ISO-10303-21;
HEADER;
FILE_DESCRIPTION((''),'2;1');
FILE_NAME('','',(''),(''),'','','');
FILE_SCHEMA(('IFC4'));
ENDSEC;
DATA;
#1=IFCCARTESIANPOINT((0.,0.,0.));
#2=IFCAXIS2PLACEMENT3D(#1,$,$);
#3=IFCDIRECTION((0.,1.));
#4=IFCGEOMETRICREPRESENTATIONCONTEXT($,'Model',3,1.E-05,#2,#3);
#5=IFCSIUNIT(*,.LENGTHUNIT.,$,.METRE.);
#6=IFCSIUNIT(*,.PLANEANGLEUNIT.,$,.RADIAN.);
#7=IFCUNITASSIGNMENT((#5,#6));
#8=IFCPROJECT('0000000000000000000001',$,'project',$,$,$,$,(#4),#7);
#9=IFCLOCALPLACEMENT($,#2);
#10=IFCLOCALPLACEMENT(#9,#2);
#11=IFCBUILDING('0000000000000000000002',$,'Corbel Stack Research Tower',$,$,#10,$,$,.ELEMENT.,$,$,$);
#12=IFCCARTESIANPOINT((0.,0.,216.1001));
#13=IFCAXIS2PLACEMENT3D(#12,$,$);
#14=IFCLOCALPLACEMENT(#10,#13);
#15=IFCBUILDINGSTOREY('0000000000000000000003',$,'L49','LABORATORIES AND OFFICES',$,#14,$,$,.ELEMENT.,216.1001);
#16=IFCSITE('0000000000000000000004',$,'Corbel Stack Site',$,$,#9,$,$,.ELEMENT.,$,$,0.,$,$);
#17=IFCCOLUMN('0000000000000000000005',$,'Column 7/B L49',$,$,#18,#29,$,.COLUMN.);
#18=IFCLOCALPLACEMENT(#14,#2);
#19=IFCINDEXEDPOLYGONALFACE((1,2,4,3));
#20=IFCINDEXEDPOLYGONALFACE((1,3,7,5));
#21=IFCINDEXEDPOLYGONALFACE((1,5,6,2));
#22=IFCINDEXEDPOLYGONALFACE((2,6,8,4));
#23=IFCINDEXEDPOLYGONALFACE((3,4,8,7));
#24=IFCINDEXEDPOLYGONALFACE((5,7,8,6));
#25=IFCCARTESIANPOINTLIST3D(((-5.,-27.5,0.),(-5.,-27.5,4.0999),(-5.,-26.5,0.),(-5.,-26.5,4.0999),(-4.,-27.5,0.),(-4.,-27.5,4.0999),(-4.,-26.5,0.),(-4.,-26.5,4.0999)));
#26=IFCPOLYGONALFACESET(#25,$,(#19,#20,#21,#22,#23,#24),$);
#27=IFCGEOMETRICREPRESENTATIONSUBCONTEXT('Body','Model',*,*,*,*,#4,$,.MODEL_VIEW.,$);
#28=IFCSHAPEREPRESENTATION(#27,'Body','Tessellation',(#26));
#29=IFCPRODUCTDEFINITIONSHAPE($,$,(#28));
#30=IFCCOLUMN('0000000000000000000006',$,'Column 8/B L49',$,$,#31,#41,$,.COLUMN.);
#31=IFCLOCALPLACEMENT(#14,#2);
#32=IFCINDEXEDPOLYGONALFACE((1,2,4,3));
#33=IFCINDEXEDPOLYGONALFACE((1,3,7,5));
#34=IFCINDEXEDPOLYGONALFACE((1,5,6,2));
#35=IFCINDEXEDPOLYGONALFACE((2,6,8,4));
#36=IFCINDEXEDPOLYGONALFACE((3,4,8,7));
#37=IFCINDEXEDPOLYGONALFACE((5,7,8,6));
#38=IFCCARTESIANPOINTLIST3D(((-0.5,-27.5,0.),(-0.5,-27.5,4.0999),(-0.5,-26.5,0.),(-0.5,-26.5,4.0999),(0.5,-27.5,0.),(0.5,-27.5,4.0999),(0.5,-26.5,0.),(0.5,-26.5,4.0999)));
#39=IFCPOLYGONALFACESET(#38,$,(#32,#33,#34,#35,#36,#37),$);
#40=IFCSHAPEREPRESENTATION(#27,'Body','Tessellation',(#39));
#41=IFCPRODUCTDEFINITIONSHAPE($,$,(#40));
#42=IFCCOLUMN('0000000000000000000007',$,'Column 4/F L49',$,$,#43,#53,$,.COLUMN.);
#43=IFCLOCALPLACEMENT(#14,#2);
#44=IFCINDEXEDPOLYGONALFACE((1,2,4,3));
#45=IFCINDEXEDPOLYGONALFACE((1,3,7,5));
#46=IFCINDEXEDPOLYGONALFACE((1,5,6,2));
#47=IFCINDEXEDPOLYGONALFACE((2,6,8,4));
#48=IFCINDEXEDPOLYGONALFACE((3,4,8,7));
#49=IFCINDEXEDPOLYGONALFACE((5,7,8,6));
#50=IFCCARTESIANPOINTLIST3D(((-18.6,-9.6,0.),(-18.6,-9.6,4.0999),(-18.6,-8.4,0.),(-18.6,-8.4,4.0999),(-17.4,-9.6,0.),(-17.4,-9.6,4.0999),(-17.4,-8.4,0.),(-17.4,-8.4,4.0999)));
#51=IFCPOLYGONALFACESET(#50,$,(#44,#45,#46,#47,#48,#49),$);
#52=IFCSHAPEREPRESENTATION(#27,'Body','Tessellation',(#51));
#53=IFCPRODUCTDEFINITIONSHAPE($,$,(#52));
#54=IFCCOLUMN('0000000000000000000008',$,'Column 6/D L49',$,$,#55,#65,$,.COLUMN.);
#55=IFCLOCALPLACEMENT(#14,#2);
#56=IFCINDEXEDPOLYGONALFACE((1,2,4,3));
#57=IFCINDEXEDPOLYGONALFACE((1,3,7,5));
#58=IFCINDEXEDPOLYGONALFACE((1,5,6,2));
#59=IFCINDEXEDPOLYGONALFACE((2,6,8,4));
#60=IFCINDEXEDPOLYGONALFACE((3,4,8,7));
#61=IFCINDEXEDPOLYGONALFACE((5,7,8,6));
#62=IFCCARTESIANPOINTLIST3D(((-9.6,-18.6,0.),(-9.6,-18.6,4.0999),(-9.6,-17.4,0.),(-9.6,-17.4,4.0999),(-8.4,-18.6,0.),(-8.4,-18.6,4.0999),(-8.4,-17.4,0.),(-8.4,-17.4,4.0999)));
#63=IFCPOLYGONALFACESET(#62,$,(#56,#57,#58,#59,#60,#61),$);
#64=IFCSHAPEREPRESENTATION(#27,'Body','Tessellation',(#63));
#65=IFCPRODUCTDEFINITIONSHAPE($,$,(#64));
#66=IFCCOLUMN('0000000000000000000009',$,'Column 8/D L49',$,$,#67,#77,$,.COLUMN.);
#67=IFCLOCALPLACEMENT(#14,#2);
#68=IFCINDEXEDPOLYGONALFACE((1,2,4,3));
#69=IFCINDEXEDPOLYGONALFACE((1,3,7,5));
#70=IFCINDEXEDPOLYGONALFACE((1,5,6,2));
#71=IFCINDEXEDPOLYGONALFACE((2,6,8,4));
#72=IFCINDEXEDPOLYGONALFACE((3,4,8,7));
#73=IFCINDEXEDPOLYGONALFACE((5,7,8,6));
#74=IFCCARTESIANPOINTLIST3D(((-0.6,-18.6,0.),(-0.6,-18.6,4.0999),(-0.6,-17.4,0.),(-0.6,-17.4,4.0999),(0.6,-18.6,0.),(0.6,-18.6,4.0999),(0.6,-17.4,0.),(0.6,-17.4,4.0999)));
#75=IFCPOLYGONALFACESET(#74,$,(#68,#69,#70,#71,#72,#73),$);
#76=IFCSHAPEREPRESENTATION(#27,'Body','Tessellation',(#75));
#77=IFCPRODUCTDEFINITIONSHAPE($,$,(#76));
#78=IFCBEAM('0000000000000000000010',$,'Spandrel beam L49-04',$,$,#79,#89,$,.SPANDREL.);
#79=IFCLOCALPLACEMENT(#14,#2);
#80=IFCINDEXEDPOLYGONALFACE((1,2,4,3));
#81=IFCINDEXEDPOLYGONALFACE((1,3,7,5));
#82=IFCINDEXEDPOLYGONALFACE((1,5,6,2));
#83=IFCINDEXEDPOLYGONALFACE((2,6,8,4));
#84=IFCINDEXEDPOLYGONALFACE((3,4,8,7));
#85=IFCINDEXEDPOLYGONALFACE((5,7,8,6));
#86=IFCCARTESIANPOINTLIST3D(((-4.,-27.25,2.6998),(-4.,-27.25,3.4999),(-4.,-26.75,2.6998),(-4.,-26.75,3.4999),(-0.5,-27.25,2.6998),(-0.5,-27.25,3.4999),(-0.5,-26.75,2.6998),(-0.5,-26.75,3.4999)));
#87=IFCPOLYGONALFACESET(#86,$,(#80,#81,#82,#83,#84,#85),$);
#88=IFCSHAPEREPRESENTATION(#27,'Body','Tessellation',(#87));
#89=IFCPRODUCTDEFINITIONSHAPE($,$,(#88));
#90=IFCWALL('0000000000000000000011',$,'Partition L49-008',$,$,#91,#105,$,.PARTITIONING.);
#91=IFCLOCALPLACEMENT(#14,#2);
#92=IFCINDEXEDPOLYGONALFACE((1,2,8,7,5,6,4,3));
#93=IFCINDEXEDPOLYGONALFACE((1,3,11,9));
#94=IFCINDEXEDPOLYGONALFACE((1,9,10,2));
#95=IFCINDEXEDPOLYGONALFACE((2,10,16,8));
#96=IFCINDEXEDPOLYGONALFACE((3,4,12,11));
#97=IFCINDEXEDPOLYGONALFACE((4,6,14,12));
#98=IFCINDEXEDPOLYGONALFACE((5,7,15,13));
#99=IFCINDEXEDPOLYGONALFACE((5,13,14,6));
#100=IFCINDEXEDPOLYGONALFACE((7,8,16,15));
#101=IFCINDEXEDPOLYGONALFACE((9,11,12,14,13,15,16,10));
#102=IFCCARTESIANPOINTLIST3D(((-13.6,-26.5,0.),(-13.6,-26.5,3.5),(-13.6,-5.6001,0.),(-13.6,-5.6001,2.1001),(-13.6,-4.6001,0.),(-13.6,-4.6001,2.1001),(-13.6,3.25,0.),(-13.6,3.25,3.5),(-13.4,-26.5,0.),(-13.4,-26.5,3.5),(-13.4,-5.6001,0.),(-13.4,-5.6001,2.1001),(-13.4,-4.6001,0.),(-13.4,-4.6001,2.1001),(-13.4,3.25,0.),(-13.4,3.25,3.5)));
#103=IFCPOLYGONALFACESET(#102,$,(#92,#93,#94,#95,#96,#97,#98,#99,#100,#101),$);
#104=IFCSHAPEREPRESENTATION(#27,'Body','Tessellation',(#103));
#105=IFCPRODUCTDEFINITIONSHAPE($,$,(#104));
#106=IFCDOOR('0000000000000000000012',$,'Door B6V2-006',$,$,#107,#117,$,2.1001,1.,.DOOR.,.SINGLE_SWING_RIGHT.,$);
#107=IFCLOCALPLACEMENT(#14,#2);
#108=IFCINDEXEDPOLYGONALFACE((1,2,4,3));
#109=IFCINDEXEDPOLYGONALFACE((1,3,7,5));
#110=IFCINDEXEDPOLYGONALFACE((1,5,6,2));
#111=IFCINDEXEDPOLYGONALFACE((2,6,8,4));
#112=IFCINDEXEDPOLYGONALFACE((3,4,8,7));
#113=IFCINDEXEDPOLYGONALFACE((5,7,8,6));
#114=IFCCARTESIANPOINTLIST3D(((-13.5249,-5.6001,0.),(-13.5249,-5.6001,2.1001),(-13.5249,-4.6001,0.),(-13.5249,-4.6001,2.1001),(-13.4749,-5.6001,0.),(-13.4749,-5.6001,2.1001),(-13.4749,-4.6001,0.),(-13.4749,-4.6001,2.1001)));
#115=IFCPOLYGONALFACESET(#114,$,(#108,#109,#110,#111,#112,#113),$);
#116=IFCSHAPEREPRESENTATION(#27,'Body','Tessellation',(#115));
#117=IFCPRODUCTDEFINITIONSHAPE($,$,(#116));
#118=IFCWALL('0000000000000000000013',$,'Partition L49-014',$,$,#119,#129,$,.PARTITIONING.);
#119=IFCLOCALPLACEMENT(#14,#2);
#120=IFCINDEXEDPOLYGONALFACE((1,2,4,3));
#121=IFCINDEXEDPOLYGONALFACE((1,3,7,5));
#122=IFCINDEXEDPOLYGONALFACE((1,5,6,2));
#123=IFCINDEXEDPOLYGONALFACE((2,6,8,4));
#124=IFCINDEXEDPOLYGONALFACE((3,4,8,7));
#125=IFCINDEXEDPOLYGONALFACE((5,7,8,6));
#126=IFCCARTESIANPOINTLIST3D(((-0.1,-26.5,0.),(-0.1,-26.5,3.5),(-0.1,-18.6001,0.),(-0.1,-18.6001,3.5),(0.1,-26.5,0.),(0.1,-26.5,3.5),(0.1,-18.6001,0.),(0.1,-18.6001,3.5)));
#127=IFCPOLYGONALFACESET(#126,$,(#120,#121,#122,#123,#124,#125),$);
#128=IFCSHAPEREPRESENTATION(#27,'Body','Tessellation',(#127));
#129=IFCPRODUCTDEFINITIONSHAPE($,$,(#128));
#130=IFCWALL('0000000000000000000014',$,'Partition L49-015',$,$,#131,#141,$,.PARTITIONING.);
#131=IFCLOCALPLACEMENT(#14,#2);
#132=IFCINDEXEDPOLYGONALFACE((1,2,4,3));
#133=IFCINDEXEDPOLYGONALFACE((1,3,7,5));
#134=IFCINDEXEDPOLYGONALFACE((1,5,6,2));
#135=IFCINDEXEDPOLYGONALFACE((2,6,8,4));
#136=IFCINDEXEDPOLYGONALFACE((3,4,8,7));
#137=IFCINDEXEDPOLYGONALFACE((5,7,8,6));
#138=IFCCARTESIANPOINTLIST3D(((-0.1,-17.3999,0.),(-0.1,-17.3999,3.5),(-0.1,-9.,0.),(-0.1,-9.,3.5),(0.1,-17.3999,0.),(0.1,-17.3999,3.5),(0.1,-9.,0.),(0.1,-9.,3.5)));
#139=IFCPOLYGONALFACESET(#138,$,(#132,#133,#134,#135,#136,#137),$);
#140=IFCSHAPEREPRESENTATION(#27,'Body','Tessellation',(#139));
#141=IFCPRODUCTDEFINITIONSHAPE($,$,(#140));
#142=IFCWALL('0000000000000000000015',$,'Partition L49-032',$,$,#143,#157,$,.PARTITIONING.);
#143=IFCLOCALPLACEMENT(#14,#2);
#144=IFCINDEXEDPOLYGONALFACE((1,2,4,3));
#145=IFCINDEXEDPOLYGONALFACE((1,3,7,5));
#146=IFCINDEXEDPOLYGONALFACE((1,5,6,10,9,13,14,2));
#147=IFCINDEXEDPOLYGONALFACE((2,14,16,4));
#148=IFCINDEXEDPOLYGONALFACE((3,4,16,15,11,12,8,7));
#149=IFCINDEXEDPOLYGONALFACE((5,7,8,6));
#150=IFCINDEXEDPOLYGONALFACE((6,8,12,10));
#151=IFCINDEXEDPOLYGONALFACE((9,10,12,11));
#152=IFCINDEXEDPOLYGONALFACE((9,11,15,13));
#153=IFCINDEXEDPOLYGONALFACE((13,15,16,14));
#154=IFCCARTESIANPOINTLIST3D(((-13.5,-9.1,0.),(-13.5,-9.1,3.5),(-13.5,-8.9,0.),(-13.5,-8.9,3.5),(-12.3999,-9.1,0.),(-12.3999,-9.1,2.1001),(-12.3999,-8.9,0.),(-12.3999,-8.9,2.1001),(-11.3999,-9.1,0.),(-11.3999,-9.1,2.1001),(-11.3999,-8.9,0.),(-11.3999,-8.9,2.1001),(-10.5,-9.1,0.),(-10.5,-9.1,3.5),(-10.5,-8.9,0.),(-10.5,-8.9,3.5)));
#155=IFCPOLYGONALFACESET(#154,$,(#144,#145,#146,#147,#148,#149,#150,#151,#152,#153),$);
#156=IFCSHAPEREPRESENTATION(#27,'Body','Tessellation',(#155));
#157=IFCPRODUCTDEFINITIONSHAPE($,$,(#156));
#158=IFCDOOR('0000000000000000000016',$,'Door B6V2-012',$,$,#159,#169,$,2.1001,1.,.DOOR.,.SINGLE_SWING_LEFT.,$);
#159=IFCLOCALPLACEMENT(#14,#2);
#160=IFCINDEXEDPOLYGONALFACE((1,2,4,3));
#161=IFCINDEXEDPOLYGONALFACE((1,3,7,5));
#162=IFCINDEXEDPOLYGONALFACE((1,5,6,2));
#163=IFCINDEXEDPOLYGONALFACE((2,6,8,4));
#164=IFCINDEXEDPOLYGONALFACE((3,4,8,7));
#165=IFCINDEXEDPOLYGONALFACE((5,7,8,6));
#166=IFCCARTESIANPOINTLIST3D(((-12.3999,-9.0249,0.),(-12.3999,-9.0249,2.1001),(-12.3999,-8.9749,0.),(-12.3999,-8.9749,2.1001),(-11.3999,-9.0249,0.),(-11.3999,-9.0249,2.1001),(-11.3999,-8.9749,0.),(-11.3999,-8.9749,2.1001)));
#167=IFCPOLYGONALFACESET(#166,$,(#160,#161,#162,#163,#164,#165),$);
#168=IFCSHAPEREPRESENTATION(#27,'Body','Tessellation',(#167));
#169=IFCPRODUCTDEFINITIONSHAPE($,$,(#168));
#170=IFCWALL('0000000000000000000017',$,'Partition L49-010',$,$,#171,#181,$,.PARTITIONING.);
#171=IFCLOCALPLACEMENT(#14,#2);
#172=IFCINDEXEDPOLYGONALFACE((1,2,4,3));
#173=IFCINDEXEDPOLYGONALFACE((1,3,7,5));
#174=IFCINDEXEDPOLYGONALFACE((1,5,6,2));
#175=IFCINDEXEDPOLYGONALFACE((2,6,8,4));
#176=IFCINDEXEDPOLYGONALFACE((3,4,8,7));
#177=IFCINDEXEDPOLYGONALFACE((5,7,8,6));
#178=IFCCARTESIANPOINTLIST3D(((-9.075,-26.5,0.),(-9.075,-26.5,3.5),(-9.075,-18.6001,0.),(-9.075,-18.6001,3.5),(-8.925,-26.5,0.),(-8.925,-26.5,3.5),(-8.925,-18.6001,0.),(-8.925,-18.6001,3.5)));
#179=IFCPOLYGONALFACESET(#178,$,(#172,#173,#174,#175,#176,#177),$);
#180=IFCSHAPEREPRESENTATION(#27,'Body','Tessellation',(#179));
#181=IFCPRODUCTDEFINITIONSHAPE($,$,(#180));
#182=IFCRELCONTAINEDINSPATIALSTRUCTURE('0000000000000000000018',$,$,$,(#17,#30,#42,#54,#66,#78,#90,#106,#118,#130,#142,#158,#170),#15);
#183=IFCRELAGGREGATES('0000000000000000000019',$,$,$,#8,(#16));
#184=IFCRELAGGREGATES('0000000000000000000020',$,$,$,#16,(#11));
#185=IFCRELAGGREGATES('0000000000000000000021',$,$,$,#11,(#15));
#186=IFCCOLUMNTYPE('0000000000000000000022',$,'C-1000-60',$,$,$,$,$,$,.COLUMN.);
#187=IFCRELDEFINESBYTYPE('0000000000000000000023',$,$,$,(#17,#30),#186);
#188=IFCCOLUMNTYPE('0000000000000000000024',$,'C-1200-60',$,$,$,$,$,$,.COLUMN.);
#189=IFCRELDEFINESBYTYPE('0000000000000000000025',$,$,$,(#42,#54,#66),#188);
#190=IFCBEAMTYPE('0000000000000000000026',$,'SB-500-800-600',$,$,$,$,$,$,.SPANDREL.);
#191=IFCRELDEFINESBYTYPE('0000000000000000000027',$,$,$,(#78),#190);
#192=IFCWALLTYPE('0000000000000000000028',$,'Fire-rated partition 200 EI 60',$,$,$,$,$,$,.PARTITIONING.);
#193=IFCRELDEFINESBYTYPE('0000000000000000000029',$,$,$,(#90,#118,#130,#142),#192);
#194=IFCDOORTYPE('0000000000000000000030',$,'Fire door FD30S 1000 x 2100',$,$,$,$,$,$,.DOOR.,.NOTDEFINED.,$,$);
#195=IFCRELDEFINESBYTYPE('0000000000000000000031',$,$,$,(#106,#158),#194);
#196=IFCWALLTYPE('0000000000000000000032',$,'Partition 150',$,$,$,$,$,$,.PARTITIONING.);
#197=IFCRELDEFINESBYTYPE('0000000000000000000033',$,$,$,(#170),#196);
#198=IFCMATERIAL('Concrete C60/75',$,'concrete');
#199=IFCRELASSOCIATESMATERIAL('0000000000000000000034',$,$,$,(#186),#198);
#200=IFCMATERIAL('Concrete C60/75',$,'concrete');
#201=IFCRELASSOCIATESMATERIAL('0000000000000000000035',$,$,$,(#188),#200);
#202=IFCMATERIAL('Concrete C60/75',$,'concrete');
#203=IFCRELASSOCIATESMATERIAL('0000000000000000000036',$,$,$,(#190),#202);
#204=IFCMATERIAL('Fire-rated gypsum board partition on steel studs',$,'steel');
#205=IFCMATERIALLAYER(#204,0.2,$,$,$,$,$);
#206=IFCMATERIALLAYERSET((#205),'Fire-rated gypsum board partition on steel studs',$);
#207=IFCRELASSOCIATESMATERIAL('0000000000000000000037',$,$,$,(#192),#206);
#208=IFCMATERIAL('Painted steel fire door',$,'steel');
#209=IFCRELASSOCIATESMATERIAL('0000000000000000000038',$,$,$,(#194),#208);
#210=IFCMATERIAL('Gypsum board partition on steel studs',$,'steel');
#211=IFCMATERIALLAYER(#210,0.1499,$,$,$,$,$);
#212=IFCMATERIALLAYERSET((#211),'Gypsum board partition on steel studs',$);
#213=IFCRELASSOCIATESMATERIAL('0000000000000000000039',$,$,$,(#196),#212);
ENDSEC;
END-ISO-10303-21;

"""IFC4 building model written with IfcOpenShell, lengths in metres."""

from ifc_helpers import new_model, si_unit, direction, frame, frame_2d, origin, origin_2d, place, context, subcontext, project, spatial, rectangle, extrude, material, layer, layer_set, material_profile, profile_set, type_object, element, fill, save


model = new_model("IFC4")

# Units and contexts
model_context = context("Model", 3, precision=1e-05, world=origin(), true_north=direction((0.0, 1.0)))
body_context = subcontext(model_context, "Body", "Model", "MODEL_VIEW")
ifc_project = project(units=[si_unit("LENGTHUNIT", "METRE"), si_unit("PLANEANGLEUNIT", "RADIAN")], contexts=[model_context])

# Site, building, storey
site_placement = place(None, origin())
site = spatial("IfcSite", under=ifc_project, at=site_placement, Name="Corbel Stack Site", CompositionType="ELEMENT", RefElevation=0.0)
building_placement = place(site_placement, origin())
building = spatial("IfcBuilding", under=site, at=building_placement, Name="Corbel Stack Research Tower", CompositionType="ELEMENT")
storey_placement = place(building_placement, frame((0.0, 0.0, 216.1001)))
storey = spatial("IfcBuildingStorey", under=building, at=storey_placement, Name="L49", Description="LABORATORIES AND OFFICES", CompositionType="ELEMENT", Elevation=216.1001)

# Columns
ifc_material_1 = material(Name="Concrete C60/75", Category="concrete")
ifc_material_profile_1 = material_profile(ifc_material_1, rectangle(XDim=1.0, YDim=1.0, at=origin_2d()), Name="RC 1000 x 1000")
ifc_profile_set_1 = profile_set([ifc_material_profile_1], Name="Concrete C60/75")
column_type_1 = type_object("IfcColumnType", Name="C-1000-60", PredefinedType="COLUMN", material=ifc_profile_set_1)
for number, where, z_axis, x_axis, name in (
    (1, (-4.5, -27.0, 0.0), (0.0, 0.0, 1.0), (1.0, 0.0, 0.0), "Column 7/B L49"),
    (2, (0.0, -27.0, 0.0), (0.0, 0.0, 1.0), (1.0, 0.0, 0.0), "Column 8/B L49"),
):
    element("IfcColumn", number, at=place(storey_placement, frame(where, z_axis=z_axis, x_axis=x_axis)), inside=storey, type_object=column_type_1, Name=name, PredefinedType="COLUMN", context=body_context, shape_type="SweptSolid", body=[
        extrude(rectangle(XDim=1.0, YDim=1.0, at=origin_2d()), origin(), (0.0, 0.0, 1.0), 4.0999),
    ])
ifc_material_2 = material(Name="Concrete C60/75", Category="concrete")
ifc_material_profile_2 = material_profile(ifc_material_2, rectangle(XDim=1.2, YDim=1.2, at=origin_2d()), Name="RC 1200 x 1200")
ifc_profile_set_2 = profile_set([ifc_material_profile_2], Name="Concrete C60/75")
column_type_2 = type_object("IfcColumnType", Name="C-1200-60", PredefinedType="COLUMN", material=ifc_profile_set_2)
for number, where, z_axis, x_axis, name in (
    (3, (-18.0, -9.0, 0.0), (0.0, 0.0, 1.0), (1.0, 0.0, 0.0), "Column 4/F L49"),
    (4, (-9.0, -18.0, 0.0), (0.0, 0.0, 1.0), (1.0, 0.0, 0.0), "Column 6/D L49"),
    (5, (0.0, -18.0, 0.0), (0.0, 0.0, 1.0), (1.0, 0.0, 0.0), "Column 8/D L49"),
):
    element("IfcColumn", number, at=place(storey_placement, frame(where, z_axis=z_axis, x_axis=x_axis)), inside=storey, type_object=column_type_2, Name=name, PredefinedType="COLUMN", context=body_context, shape_type="SweptSolid", body=[
        extrude(rectangle(XDim=1.2, YDim=1.2, at=origin_2d()), origin(), (0.0, 0.0, 1.0), 4.0999),
    ])

# Beam
ifc_material_3 = material(Name="Concrete C60/75", Category="concrete")
ifc_material_profile_3 = material_profile(ifc_material_3, rectangle(XDim=0.5, YDim=0.8, at=origin_2d()), Name="RC 500 x 800")
ifc_profile_set_3 = profile_set([ifc_material_profile_3], Name="Concrete C60/75")
beam_type = type_object("IfcBeamType", Name="SB-500-800-600", PredefinedType="SPANDREL", material=ifc_profile_set_3)
beam_placement = place(storey_placement, frame((-4.0, -27.0, 3.0999), z_axis=(1.0, 0.0, 0.0), x_axis=(0.0, 1.0, 0.0)))
element("IfcBeam", 6, at=beam_placement, inside=storey, type_object=beam_type, Name="Spandrel beam L49-04", PredefinedType="SPANDREL", context=body_context, shape_type="SweptSolid", body=[
    extrude(rectangle(XDim=0.5, YDim=0.8, at=origin_2d()), origin(), (0.0, 0.0, 1.0), 3.5),
])

# Wall, opening, door
ifc_material_4 = material(Name="Fire-rated gypsum board partition on steel studs", Category="steel")
ifc_layer_1 = layer(ifc_material_4, 0.2)
ifc_layer_set_1 = layer_set([ifc_layer_1], Name="Fire-rated gypsum board partition on steel studs")
wall_type_1 = type_object("IfcWallType", Name="Fire-rated partition 200 EI 60", PredefinedType="PARTITIONING", material=ifc_layer_set_1)
wall_1_placement = place(storey_placement, frame((-13.5, -26.5, 0.0), z_axis=(0.0, 0.0, 1.0), x_axis=(0.0, 1.0, 0.0)))
wall_1 = element("IfcWall", 7, at=wall_1_placement, inside=storey, type_object=wall_type_1, Name="Partition L49-008", PredefinedType="PARTITIONING", context=body_context, shape_type="SweptSolid", body=[
    extrude(rectangle(XDim=29.75, YDim=0.2, at=frame_2d((14.875, 0.0))), origin(), (0.0, 0.0, 1.0), 3.5),
])
opening_1_placement = place(wall_1_placement, frame((20.8999, 0.0, 0.0)))
opening_1 = element("IfcOpeningElement", 8, at=opening_1_placement, cuts=wall_1, PredefinedType="OPENING", context=body_context, shape_type="SweptSolid", body=[
    extrude(rectangle(XDim=1.0, YDim=2.1001, at=frame_2d((0.5, 1.05))), frame((0.0, 0.1099, 0.0), z_axis=(0.0, -1.0, 0.0), x_axis=(1.0, 0.0, 0.0)), (0.0, 0.0, 1.0), 0.22),
])
ifc_material_5 = material(Name="Painted steel fire door", Category="steel")
door_type_1 = type_object("IfcDoorType", Name="Fire door FD30S 1000 x 2100", OperationType="NOTDEFINED", PredefinedType="DOOR", material=ifc_material_5)
door_1_placement = place(opening_1_placement, origin())
door_1 = element("IfcDoor", 9, at=door_1_placement, inside=storey, type_object=door_type_1, Name="Door B6V2-006", OperationType="SINGLE_SWING_RIGHT", OverallHeight=2.1001, OverallWidth=1.0, PredefinedType="DOOR", context=body_context, shape_type="SweptSolid", body=[
    extrude(rectangle(XDim=1.0, YDim=2.1001, at=frame_2d((0.5, 1.05))), frame((0.0, 0.0249, 0.0), z_axis=(0.0, -1.0, 0.0), x_axis=(1.0, 0.0, 0.0)), (0.0, 0.0, 1.0), 0.05),
])
fill(opening_1, door_1)

# Walls
wall_2_placement = place(storey_placement, frame((0.0, -26.5, 0.0), z_axis=(0.0, 0.0, 1.0), x_axis=(0.0, 1.0, 0.0)))
element("IfcWall", 10, at=wall_2_placement, inside=storey, type_object=wall_type_1, Name="Partition L49-014", PredefinedType="PARTITIONING", context=body_context, shape_type="SweptSolid", body=[
    extrude(rectangle(XDim=7.8999, YDim=0.2, at=frame_2d((3.95, 0.0))), origin(), (0.0, 0.0, 1.0), 3.5),
])
wall_3_placement = place(storey_placement, frame((0.0, -17.3999, 0.0), z_axis=(0.0, 0.0, 1.0), x_axis=(0.0, 1.0, 0.0)))
element("IfcWall", 11, at=wall_3_placement, inside=storey, type_object=wall_type_1, Name="Partition L49-015", PredefinedType="PARTITIONING", context=body_context, shape_type="SweptSolid", body=[
    extrude(rectangle(XDim=8.3999, YDim=0.2, at=frame_2d((4.2, 0.0))), origin(), (0.0, 0.0, 1.0), 3.5),
])

# Wall, opening, door
wall_4_placement = place(storey_placement, frame((-10.5, -9.0, 0.0), z_axis=(0.0, 0.0, 1.0), x_axis=(-1.0, 0.0, 0.0)))
wall_4 = element("IfcWall", 12, at=wall_4_placement, inside=storey, type_object=wall_type_1, Name="Partition L49-032", PredefinedType="PARTITIONING", context=body_context, shape_type="SweptSolid", body=[
    extrude(rectangle(XDim=3.0, YDim=0.2, at=frame_2d((1.5, 0.0))), origin(), (0.0, 0.0, 1.0), 3.5),
])
opening_2_placement = place(wall_4_placement, frame((0.8999, 0.0, 0.0)))
opening_2 = element("IfcOpeningElement", 13, at=opening_2_placement, cuts=wall_4, PredefinedType="OPENING", context=body_context, shape_type="SweptSolid", body=[
    extrude(rectangle(XDim=1.0, YDim=2.1001, at=frame_2d((0.5, 1.05))), frame((0.0, 0.1099, 0.0), z_axis=(0.0, -1.0, 0.0), x_axis=(1.0, 0.0, 0.0)), (0.0, 0.0, 1.0), 0.22),
])
door_2_placement = place(opening_2_placement, origin())
door_2 = element("IfcDoor", 14, at=door_2_placement, inside=storey, type_object=door_type_1, Name="Door B6V2-012", OperationType="SINGLE_SWING_LEFT", OverallHeight=2.1001, OverallWidth=1.0, PredefinedType="DOOR", context=body_context, shape_type="SweptSolid", body=[
    extrude(rectangle(XDim=1.0, YDim=2.1001, at=frame_2d((0.5, 1.05))), frame((0.0, 0.0249, 0.0), z_axis=(0.0, -1.0, 0.0), x_axis=(1.0, 0.0, 0.0)), (0.0, 0.0, 1.0), 0.05),
])
fill(opening_2, door_2)

# Wall
ifc_material_6 = material(Name="Gypsum board partition on steel studs", Category="steel")
ifc_layer_2 = layer(ifc_material_6, 0.1499)
ifc_layer_set_2 = layer_set([ifc_layer_2], Name="Gypsum board partition on steel studs")
wall_type_2 = type_object("IfcWallType", Name="Partition 150", PredefinedType="PARTITIONING", material=ifc_layer_set_2)
wall_5_placement = place(storey_placement, frame((-9.0, -26.5, 0.0), z_axis=(0.0, 0.0, 1.0), x_axis=(0.0, 1.0, 0.0)))
element("IfcWall", 15, at=wall_5_placement, inside=storey, type_object=wall_type_2, Name="Partition L49-010", PredefinedType="PARTITIONING", context=body_context, shape_type="SweptSolid", body=[
    extrude(rectangle(XDim=7.8999, YDim=0.1499, at=frame_2d((3.95, 0.0))), origin(), (0.0, 0.0, 1.0), 3.5),
])

save(model, "model.ifc")
